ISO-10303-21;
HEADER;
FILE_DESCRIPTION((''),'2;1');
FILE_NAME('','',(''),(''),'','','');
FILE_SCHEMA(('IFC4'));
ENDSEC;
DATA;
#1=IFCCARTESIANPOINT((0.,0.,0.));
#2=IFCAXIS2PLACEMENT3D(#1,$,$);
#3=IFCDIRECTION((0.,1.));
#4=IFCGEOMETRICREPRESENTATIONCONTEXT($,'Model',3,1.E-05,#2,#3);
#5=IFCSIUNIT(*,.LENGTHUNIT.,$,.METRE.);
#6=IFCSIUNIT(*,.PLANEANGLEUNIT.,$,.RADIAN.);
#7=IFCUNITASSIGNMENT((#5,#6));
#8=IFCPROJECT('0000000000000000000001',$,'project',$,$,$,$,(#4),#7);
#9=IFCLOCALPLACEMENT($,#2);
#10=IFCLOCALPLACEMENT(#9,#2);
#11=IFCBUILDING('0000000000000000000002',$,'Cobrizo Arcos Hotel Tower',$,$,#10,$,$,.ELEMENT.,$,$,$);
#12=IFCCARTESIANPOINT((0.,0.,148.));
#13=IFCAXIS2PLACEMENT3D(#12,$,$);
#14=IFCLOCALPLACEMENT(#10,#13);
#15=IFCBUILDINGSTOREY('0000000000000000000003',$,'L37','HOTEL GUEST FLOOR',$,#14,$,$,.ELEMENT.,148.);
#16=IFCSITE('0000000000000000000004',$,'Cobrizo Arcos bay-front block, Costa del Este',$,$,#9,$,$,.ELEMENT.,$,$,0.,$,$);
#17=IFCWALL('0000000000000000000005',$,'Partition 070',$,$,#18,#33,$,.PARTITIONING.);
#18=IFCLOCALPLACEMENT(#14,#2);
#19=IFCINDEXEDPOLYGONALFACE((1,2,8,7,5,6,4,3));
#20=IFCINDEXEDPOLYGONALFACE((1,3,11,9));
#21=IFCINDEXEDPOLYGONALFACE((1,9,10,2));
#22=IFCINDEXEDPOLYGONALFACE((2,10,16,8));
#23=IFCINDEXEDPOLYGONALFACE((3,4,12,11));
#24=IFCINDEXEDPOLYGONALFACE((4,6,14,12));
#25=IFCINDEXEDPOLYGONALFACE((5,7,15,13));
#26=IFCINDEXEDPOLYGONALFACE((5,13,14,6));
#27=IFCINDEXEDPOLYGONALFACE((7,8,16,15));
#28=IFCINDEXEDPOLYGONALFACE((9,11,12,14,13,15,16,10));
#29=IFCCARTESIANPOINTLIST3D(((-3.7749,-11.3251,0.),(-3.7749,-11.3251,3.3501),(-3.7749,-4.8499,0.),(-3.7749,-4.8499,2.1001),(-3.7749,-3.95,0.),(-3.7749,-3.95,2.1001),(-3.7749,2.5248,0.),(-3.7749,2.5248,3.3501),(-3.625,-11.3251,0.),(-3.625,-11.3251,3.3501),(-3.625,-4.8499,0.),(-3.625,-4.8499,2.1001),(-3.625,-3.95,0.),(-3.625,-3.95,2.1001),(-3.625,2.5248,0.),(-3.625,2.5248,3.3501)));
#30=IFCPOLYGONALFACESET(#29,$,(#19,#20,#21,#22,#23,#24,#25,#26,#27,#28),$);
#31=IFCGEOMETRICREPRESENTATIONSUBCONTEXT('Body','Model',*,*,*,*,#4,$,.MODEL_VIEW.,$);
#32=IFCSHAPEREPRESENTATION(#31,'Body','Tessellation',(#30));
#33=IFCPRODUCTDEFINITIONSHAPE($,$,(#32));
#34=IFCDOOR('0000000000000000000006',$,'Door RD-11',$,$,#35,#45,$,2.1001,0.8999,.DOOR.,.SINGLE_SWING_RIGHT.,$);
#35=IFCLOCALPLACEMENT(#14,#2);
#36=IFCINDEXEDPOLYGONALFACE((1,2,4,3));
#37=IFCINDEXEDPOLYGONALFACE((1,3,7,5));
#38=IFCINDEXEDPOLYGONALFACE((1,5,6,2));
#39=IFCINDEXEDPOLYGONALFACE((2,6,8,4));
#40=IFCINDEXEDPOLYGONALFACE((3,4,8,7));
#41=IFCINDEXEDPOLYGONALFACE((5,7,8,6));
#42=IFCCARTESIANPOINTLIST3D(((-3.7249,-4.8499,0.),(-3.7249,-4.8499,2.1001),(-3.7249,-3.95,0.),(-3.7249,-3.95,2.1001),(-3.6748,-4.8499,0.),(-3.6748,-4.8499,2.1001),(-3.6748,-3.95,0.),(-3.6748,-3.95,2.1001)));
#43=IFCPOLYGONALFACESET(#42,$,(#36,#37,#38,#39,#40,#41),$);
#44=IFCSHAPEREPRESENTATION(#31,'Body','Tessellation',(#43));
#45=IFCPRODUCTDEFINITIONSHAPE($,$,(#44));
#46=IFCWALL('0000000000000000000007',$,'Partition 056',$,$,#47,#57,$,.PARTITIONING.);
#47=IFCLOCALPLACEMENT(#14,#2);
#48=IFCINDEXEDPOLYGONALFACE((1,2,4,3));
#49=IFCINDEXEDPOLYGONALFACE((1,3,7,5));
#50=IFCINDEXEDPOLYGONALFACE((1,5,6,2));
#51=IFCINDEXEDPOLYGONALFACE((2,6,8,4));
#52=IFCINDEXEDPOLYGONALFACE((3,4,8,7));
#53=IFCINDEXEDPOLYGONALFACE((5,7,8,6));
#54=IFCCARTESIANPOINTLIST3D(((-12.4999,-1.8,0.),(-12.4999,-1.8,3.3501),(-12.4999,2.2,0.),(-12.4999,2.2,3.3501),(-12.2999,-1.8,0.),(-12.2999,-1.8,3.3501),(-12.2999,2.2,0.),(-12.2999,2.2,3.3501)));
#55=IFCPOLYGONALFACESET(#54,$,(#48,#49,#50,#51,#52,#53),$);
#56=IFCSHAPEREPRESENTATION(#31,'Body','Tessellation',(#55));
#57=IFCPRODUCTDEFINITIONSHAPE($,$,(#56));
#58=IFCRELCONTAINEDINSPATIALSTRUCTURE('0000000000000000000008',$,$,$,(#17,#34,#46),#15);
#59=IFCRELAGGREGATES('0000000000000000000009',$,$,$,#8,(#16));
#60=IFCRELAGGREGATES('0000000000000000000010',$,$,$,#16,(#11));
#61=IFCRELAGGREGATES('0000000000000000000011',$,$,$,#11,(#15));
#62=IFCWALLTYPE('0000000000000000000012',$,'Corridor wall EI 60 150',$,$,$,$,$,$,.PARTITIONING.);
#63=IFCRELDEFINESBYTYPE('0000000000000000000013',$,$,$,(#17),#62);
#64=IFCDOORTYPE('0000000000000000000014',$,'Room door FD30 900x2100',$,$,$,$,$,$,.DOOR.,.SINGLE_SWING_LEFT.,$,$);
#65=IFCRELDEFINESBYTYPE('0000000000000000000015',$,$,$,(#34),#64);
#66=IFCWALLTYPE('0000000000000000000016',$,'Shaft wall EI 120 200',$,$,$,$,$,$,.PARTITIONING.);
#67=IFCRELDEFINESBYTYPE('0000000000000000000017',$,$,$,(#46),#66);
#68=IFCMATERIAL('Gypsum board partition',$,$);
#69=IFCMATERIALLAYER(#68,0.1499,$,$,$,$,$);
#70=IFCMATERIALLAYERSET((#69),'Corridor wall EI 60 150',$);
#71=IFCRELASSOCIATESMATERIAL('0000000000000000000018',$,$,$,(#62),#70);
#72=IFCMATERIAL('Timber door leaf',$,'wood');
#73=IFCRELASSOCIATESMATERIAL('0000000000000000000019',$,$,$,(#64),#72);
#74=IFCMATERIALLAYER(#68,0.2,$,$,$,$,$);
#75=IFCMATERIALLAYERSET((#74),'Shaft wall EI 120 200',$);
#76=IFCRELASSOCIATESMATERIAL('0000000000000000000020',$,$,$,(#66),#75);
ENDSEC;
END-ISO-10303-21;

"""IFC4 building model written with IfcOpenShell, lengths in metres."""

from ifc_helpers import new_model, si_unit, direction, frame, frame_2d, origin, place, context, subcontext, project, spatial, rectangle, extrude, material, layer, layer_set, type_object, element, fill, save


model = new_model("IFC4")

# Units and contexts
model_context = context("Model", 3, precision=1e-05, world=origin(), true_north=direction((0.0, 1.0)))
body_context = subcontext(model_context, "Body", "Model", "MODEL_VIEW")
ifc_project = project(units=[si_unit("LENGTHUNIT", "METRE"), si_unit("PLANEANGLEUNIT", "RADIAN")], contexts=[model_context])

# Site, building, storey
site_placement = place(None, origin())
site = spatial("IfcSite", under=ifc_project, at=site_placement, Name="Cobrizo Arcos bay-front block, Costa del Este", CompositionType="ELEMENT", RefElevation=0.0)
building_placement = place(site_placement, origin())
building = spatial("IfcBuilding", under=site, at=building_placement, Name="Cobrizo Arcos Hotel Tower", CompositionType="ELEMENT")
storey_placement = place(building_placement, frame((0.0, 0.0, 148.0)))
storey = spatial("IfcBuildingStorey", under=building, at=storey_placement, Name="L37", Description="HOTEL GUEST FLOOR", CompositionType="ELEMENT", Elevation=148.0)

# Shared definitions
ifc_material_1 = material(Name="Gypsum board partition")
ifc_layer_1 = layer(ifc_material_1, 0.1499)
ifc_layer_set_1 = layer_set([ifc_layer_1], Name="Corridor wall EI 60 150")
wall_type_1 = type_object("IfcWallType", Name="Corridor wall EI 60 150", PredefinedType="PARTITIONING", material=ifc_layer_set_1)

# Wall, opening, door
ifc_material_2 = material(Name="Timber door leaf", Category="wood")
door_type = type_object("IfcDoorType", Name="Room door FD30 900x2100", OperationType="SINGLE_SWING_LEFT", PredefinedType="DOOR", material=ifc_material_2)
wall_1_placement = place(storey_placement, frame((-3.7, -11.325, 0.0), z_axis=(0.0, 0.0, 1.0), x_axis=(0.0, 1.0, 0.0)))
wall_1 = element("IfcWall", 1, at=wall_1_placement, inside=storey, type_object=wall_type_1, Name="Partition 070", PredefinedType="PARTITIONING", context=body_context, shape_type="SweptSolid", body=[
    extrude(rectangle(XDim=13.8499, YDim=0.1499, at=frame_2d((6.9248, 0.0))), origin(), (0.0, 0.0, 1.0), 3.3501),
])
opening_1_placement = place(wall_1_placement, frame((6.4751, 0.0, 0.0)))
opening_1 = element("IfcOpeningElement", 2, at=opening_1_placement, cuts=wall_1, PredefinedType="OPENING", context=body_context, shape_type="SweptSolid", body=[
    extrude(rectangle(XDim=0.8999, YDim=2.1001, at=frame_2d((0.45, 1.05))), frame((0.0, 0.0869, 0.0), z_axis=(0.0, -1.0, 0.0), x_axis=(1.0, 0.0, 0.0)), (0.0, 0.0, 1.0), 0.1738),
])
door_1_placement = place(opening_1_placement, origin())
door_1 = element("IfcDoor", 3, at=door_1_placement, inside=storey, type_object=door_type, Name="Door RD-11", OperationType="SINGLE_SWING_RIGHT", OverallHeight=2.1001, OverallWidth=0.8999, PredefinedType="DOOR", context=body_context, shape_type="SweptSolid", body=[
    extrude(rectangle(XDim=0.8999, YDim=2.1001, at=frame_2d((0.45, 1.05))), frame((0.0, 0.0249, 0.0), z_axis=(0.0, -1.0, 0.0), x_axis=(1.0, 0.0, 0.0)), (0.0, 0.0, 1.0), 0.05),
])
fill(opening_1, door_1)

# Wall
ifc_layer_2 = layer(ifc_material_1, 0.2)
ifc_layer_set_2 = layer_set([ifc_layer_2], Name="Shaft wall EI 120 200")
wall_type_2 = type_object("IfcWallType", Name="Shaft wall EI 120 200", PredefinedType="PARTITIONING", material=ifc_layer_set_2)
wall_2_placement = place(storey_placement, frame((-12.3999, -1.8, 0.0), z_axis=(0.0, 0.0, 1.0), x_axis=(0.0, 1.0, 0.0)))
element("IfcWall", 4, at=wall_2_placement, inside=storey, type_object=wall_type_2, Name="Partition 056", PredefinedType="PARTITIONING", context=body_context, shape_type="SweptSolid", body=[
    extrude(rectangle(XDim=4.0, YDim=0.2, at=frame_2d((2.0, 0.0))), origin(), (0.0, 0.0, 1.0), 3.3501),
])

save(model, "model.ifc")
